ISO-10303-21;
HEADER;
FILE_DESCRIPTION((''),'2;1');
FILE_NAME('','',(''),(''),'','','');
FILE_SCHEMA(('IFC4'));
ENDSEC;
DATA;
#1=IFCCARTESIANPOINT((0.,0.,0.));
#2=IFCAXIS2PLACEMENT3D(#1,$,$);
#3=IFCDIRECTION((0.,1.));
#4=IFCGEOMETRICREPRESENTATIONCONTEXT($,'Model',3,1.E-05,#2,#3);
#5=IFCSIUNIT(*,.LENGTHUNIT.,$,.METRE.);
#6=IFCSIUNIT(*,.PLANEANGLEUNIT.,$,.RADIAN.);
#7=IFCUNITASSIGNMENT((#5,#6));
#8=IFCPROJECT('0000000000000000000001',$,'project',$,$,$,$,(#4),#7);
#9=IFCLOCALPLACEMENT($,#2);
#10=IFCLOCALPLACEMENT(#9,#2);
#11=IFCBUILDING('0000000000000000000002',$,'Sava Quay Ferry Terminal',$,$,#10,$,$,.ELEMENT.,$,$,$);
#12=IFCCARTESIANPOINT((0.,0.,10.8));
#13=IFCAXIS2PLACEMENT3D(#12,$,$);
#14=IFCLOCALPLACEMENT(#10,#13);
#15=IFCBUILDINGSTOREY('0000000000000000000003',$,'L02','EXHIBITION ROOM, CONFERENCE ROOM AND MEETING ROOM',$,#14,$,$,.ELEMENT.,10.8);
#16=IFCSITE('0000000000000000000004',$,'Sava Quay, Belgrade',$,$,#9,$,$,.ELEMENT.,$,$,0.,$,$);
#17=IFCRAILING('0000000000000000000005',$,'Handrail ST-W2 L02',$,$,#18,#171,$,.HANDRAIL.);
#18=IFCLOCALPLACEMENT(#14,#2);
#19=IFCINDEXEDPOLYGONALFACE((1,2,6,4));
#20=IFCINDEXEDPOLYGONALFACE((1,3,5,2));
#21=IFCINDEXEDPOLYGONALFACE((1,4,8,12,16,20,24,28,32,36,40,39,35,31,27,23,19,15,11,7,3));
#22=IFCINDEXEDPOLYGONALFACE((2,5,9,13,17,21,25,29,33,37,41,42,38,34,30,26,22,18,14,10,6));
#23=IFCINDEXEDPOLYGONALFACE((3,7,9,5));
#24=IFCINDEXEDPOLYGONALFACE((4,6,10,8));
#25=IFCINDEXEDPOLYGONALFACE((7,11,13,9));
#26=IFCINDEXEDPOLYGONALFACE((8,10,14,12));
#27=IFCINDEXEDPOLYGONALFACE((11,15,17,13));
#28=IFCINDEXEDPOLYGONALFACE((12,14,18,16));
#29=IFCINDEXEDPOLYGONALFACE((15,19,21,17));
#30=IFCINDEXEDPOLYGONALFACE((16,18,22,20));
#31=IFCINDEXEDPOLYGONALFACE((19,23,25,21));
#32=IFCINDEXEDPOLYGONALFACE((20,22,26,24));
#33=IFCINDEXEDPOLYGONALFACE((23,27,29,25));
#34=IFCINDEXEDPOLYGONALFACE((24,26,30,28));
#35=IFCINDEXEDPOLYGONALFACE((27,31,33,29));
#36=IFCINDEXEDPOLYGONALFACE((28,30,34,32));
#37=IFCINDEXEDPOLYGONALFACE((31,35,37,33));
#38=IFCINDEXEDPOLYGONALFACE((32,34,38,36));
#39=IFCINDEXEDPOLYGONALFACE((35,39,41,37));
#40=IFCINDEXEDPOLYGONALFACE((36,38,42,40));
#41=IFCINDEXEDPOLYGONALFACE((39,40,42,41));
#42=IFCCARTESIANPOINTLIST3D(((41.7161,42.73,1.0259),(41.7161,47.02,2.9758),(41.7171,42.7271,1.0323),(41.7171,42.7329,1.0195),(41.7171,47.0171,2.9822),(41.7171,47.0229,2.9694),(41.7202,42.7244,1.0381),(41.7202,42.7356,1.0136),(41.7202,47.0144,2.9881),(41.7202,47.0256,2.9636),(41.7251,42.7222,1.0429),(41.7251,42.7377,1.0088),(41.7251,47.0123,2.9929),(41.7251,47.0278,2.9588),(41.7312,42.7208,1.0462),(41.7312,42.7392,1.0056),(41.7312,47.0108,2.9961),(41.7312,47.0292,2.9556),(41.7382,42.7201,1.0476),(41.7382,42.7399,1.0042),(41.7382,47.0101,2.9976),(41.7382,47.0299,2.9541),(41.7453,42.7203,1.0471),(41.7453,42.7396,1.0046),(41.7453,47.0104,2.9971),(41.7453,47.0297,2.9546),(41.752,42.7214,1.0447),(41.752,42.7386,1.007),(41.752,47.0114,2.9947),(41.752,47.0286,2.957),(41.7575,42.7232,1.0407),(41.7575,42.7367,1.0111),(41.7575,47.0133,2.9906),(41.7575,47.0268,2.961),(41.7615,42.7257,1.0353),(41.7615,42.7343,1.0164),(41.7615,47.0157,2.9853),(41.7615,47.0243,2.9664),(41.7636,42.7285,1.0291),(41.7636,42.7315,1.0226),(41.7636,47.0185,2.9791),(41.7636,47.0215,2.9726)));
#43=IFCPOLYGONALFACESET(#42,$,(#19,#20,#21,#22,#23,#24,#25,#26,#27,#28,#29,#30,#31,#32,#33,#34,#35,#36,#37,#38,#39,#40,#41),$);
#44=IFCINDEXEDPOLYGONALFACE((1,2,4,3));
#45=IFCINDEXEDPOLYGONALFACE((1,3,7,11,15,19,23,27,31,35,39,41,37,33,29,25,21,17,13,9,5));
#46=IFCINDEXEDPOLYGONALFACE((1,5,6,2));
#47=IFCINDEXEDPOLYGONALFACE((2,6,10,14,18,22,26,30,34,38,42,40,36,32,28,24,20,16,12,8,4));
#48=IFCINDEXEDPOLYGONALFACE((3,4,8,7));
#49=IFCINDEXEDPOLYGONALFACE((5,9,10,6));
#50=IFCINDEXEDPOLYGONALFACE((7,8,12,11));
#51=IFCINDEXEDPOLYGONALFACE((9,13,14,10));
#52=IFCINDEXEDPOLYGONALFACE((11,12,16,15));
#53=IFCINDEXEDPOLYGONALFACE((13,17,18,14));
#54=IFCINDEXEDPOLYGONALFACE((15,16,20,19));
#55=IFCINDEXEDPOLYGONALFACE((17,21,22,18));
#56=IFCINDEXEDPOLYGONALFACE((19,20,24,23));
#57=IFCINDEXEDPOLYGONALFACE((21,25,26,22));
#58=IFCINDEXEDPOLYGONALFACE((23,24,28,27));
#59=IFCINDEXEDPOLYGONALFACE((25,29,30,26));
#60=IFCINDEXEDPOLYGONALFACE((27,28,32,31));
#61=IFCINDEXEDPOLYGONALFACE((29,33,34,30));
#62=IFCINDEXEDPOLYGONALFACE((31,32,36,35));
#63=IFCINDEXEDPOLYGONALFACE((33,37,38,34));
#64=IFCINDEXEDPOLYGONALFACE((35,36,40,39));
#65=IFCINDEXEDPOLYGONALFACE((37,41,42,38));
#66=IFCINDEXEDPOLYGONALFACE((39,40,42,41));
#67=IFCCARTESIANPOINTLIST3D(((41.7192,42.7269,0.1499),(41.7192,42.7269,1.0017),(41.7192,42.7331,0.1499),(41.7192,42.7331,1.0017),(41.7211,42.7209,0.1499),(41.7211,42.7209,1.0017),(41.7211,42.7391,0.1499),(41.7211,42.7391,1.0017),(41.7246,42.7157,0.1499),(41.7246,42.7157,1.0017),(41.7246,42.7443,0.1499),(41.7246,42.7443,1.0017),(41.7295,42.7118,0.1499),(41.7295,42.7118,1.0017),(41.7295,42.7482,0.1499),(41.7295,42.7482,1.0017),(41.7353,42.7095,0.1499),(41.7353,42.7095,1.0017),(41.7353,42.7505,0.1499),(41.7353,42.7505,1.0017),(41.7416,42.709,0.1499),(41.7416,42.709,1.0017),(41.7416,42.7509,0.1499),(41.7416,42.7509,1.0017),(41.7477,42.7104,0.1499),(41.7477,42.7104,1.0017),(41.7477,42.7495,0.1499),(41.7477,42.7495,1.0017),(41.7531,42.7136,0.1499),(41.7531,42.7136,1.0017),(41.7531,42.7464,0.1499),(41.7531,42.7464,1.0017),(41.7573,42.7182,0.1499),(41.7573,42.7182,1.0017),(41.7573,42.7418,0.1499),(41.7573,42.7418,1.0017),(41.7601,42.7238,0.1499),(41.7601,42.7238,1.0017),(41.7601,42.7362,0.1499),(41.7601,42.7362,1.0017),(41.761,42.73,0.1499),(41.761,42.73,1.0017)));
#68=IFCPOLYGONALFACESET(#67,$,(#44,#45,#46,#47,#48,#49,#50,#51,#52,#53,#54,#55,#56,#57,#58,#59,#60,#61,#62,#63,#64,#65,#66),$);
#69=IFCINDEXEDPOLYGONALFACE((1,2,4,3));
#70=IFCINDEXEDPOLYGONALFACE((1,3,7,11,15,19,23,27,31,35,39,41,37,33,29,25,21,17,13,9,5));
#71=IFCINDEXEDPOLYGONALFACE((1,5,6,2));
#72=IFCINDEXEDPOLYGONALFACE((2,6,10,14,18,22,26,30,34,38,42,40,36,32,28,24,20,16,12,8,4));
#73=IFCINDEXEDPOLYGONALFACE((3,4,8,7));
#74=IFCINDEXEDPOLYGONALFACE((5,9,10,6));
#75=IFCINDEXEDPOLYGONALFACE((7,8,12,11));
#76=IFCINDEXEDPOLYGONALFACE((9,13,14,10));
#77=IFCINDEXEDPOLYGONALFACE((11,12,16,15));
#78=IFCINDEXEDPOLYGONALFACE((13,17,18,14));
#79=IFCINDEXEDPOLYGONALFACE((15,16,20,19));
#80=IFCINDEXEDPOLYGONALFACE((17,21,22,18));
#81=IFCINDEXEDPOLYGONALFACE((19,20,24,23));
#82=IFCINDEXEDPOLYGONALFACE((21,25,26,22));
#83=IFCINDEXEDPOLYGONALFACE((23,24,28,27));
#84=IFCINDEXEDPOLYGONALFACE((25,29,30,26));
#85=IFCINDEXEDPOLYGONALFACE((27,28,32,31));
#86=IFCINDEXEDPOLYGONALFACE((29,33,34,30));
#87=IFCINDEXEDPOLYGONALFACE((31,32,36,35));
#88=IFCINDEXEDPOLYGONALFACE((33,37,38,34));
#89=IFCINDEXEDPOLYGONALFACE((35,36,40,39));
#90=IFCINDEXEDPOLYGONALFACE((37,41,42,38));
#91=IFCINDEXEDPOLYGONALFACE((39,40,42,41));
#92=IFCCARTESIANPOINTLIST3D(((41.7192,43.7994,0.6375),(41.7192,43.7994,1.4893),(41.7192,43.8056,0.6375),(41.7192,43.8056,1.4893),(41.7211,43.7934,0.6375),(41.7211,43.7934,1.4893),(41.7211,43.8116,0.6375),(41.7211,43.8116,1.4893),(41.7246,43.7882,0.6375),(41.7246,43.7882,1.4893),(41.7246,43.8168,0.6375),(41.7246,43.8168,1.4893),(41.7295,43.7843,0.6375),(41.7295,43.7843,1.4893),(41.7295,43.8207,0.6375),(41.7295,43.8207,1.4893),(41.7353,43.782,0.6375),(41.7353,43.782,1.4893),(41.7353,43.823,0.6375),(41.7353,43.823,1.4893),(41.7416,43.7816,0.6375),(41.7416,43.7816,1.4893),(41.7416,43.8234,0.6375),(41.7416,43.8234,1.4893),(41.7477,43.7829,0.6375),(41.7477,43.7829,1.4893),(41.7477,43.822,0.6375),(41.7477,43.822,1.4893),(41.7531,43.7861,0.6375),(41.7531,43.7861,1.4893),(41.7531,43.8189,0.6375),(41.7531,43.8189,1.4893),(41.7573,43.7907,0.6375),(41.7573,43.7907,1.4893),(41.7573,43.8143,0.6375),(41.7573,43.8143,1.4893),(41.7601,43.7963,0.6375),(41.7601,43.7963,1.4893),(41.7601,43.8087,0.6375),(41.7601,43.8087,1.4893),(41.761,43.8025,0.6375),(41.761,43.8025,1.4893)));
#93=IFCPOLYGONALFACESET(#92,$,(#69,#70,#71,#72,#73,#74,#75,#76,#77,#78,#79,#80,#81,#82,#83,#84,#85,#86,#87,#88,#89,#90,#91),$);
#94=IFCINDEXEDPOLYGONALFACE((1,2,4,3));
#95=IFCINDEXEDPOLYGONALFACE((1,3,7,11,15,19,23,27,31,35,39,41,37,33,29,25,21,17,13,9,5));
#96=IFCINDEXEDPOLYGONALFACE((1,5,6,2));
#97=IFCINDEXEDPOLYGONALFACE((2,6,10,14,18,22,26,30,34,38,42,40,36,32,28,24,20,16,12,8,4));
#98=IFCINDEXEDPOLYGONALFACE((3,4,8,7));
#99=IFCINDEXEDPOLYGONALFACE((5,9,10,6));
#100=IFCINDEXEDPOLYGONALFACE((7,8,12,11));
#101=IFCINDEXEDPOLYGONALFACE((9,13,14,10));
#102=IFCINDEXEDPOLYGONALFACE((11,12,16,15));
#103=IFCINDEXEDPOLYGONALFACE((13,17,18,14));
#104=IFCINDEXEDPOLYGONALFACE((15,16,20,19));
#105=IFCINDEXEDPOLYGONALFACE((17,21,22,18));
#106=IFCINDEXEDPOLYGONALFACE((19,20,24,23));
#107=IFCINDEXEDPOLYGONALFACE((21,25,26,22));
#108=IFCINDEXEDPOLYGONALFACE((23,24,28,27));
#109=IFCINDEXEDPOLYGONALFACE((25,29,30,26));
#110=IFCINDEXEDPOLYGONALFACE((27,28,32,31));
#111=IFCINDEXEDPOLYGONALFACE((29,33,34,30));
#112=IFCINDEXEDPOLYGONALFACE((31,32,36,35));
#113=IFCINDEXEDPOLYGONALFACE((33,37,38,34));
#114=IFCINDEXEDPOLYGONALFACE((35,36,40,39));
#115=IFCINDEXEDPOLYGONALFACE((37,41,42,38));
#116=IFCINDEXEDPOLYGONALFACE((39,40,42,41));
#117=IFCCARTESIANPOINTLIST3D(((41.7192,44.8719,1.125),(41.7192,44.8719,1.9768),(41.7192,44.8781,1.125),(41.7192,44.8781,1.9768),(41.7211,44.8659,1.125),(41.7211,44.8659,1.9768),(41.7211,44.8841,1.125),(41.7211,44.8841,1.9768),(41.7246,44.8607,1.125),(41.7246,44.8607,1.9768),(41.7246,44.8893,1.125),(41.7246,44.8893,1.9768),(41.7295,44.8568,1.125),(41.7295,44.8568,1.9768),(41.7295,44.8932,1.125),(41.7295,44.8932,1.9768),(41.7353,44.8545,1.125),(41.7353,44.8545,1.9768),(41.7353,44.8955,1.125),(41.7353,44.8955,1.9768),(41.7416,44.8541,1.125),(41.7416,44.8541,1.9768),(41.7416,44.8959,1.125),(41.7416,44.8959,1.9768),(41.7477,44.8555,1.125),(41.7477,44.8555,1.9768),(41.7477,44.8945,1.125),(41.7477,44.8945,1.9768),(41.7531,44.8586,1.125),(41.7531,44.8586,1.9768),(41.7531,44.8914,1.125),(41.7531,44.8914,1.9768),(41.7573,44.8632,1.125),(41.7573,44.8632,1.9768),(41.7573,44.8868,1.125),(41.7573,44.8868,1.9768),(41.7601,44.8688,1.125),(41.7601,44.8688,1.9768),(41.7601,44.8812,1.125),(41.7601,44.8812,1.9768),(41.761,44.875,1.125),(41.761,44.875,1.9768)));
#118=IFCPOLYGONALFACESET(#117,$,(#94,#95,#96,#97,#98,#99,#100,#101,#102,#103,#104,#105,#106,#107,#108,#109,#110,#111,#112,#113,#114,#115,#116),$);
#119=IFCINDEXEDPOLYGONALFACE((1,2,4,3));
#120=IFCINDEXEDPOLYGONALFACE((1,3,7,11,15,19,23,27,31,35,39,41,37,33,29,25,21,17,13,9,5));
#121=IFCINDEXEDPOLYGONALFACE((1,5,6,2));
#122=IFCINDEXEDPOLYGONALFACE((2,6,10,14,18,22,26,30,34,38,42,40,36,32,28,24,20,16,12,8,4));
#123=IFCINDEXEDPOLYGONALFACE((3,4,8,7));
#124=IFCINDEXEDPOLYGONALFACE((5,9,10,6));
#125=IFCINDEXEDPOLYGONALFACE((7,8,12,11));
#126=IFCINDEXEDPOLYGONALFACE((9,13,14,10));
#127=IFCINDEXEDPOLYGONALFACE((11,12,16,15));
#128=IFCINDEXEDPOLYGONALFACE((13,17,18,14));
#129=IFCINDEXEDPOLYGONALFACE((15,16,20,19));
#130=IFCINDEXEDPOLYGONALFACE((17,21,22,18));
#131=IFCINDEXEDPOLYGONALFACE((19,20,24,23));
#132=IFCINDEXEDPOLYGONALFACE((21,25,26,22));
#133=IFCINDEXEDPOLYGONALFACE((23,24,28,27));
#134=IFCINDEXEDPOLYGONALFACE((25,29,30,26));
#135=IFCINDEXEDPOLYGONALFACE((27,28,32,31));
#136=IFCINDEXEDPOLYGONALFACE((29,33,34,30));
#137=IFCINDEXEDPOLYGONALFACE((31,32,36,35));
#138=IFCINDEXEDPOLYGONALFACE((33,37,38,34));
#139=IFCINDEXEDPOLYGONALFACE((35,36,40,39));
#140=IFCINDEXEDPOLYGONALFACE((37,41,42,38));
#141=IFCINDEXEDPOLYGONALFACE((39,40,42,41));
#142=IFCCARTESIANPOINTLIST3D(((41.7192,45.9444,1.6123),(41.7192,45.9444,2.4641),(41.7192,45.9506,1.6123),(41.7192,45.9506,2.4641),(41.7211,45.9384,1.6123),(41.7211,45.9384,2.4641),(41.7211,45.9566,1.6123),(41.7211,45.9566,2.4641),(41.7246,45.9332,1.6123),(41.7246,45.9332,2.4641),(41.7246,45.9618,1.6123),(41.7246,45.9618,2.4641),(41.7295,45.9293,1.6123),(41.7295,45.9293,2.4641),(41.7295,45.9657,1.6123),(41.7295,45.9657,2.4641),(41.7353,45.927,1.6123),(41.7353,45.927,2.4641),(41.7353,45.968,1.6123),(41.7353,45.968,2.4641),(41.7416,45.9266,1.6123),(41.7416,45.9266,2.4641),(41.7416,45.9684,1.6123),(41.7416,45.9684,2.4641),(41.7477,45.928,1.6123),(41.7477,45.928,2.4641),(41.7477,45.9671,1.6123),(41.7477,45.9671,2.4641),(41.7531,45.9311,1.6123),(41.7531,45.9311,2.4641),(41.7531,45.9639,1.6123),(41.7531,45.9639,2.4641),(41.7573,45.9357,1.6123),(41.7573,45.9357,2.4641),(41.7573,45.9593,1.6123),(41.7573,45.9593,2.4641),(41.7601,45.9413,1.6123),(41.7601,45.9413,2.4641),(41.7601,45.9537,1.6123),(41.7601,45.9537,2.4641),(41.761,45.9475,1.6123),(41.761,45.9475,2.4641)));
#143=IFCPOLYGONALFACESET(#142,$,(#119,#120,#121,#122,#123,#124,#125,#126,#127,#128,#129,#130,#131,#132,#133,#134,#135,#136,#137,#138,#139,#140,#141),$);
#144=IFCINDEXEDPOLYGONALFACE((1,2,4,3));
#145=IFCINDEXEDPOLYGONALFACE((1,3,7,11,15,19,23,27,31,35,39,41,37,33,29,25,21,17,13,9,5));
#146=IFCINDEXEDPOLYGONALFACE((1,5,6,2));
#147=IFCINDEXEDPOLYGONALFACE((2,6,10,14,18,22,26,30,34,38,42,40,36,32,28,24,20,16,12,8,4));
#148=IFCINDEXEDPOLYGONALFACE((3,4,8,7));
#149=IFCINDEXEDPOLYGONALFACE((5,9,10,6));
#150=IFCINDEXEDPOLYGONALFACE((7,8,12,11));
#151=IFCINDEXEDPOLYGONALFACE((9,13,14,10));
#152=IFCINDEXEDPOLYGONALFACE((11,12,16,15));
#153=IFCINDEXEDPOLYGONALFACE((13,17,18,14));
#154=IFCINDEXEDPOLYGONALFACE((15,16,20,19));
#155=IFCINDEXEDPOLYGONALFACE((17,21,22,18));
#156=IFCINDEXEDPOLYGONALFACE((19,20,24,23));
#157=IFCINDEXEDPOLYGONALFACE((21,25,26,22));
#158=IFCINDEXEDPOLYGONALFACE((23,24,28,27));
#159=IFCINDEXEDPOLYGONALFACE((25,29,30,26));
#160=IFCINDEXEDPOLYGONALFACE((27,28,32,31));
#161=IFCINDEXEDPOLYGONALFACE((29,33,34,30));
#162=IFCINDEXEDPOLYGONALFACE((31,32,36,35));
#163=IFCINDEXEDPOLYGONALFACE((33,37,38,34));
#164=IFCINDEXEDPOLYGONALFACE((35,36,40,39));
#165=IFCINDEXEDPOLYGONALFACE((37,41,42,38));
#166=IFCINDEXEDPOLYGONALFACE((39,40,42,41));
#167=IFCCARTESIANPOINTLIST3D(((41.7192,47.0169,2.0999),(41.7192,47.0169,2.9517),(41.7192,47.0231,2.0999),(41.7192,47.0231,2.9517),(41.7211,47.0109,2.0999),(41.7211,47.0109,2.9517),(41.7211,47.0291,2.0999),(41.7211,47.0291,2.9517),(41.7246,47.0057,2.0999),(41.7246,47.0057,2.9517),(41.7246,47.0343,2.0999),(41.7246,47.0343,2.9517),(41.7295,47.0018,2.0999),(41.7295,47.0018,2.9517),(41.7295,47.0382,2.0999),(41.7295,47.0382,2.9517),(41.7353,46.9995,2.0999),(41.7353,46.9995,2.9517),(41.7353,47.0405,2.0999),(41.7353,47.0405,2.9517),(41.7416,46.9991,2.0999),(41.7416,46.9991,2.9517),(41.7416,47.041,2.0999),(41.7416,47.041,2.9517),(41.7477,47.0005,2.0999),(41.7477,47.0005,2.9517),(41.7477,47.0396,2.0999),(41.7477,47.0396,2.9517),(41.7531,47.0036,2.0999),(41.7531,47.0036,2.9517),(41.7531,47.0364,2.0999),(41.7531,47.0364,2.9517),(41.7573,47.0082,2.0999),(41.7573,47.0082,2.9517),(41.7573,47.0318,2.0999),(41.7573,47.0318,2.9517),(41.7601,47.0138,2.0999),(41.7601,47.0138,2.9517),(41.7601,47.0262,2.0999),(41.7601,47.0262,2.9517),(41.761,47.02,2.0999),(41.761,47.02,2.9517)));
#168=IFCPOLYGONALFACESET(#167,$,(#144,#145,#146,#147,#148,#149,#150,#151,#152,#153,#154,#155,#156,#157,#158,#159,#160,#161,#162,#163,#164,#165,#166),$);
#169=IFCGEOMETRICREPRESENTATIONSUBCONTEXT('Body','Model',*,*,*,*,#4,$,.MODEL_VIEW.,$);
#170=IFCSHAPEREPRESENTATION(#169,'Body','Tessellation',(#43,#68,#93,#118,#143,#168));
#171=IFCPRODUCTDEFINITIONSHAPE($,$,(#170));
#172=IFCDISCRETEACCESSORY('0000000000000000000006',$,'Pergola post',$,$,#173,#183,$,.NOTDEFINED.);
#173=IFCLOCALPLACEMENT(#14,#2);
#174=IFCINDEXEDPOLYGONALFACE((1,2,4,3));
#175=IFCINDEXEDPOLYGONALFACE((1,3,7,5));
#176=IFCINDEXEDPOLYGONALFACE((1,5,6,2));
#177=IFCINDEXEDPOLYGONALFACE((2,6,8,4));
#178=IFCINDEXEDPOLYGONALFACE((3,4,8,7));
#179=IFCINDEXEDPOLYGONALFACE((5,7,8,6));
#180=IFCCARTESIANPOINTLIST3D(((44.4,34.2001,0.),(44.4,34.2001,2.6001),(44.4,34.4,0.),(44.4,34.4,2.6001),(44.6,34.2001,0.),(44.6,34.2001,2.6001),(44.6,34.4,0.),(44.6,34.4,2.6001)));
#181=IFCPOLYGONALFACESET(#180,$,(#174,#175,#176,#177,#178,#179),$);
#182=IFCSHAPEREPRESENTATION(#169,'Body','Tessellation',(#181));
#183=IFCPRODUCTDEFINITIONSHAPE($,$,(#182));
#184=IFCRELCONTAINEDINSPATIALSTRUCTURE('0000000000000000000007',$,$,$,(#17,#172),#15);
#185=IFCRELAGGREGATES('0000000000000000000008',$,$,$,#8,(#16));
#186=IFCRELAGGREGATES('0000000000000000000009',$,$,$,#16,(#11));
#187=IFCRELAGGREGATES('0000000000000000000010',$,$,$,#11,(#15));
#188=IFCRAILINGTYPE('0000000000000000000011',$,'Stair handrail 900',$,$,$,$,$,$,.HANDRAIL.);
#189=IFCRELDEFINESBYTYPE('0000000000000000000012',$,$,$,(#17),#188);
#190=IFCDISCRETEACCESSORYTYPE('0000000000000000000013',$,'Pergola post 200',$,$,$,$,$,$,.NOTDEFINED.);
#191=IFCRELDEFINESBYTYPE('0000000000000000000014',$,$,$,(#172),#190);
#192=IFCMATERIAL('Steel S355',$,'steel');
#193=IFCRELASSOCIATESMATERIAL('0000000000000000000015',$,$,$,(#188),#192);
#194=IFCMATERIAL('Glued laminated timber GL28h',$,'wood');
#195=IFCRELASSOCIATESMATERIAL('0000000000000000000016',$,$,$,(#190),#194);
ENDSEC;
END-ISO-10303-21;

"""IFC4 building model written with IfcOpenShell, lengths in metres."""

from ifc_helpers import new_model, si_unit, direction, frame, origin, origin_2d, place, context, subcontext, project, spatial, rectangle, circle, extrude, material, type_object, element, save


model = new_model("IFC4")

# Units and contexts
model_context = context("Model", 3, precision=1e-05, world=origin(), true_north=direction((0.0, 1.0)))
body_context = subcontext(model_context, "Body", "Model", "MODEL_VIEW")
ifc_project = project(units=[si_unit("LENGTHUNIT", "METRE"), si_unit("PLANEANGLEUNIT", "RADIAN")], contexts=[model_context])

# Site, building, storey
site_placement = place(None, origin())
site = spatial("IfcSite", under=ifc_project, at=site_placement, Name="Sava Quay, Belgrade", CompositionType="ELEMENT", RefElevation=0.0)
building_placement = place(site_placement, origin())
building = spatial("IfcBuilding", under=site, at=building_placement, Name="Sava Quay Ferry Terminal", CompositionType="ELEMENT")
storey_placement = place(building_placement, frame((0.0, 0.0, 10.8)))
storey = spatial("IfcBuildingStorey", under=building, at=storey_placement, Name="L02", Description="EXHIBITION ROOM, CONFERENCE ROOM AND MEETING ROOM", CompositionType="ELEMENT", Elevation=10.8)

# Railing
ifc_material_1 = material(Name="Steel S355", Category="steel")
railing_type_1 = type_object("IfcRailingType", Name="Stair handrail 900", PredefinedType="HANDRAIL", material=ifc_material_1)
railing_1_placement = place(storey_placement, frame((41.74, 42.73, 0.1499)))
element("IfcRailing", 1, at=railing_1_placement, inside=storey, type_object=railing_type_1, Name="Handrail ST-W2 L02", PredefinedType="HANDRAIL", context=body_context, shape_type="SweptSolid", body=[
    extrude(circle(Radius=0.0239, at=origin_2d()), frame((0.0, 0.0, 0.876), z_axis=(0.0, 0.910372, 0.413791), x_axis=(-1.0, 0.0, 0.0)), (0.0, 0.0, 1.0), 4.7124),
    extrude(circle(Radius=0.021, at=origin_2d()), origin(), (0.0, 0.0, 1.0), 0.8518),
    extrude(circle(Radius=0.021, at=origin_2d()), frame((0.0, 1.0725, 0.4875)), (0.0, 0.0, 1.0), 0.8518),
    extrude(circle(Radius=0.021, at=origin_2d()), frame((0.0, 2.145, 0.9751)), (0.0, 0.0, 1.0), 0.8518),
    extrude(circle(Radius=0.021, at=origin_2d()), frame((0.0, 3.2175, 1.4624)), (0.0, 0.0, 1.0), 0.8518),
    extrude(circle(Radius=0.021, at=origin_2d()), frame((0.0, 4.29, 1.95)), (0.0, 0.0, 1.0), 0.8518),
])

# Discrete accessory
ifc_material_2 = material(Name="Glued laminated timber GL28h", Category="wood")
discrete_accessory_type = type_object("IfcDiscreteAccessoryType", Name="Pergola post 200", PredefinedType="NOTDEFINED", material=ifc_material_2)
discrete_accessory_placement = place(storey_placement, frame((44.5, 34.3, 0.0), z_axis=(0.0, 0.0, 1.0), x_axis=(1.0, 0.0, 0.0)))
element("IfcDiscreteAccessory", 2, at=discrete_accessory_placement, inside=storey, type_object=discrete_accessory_type, Name="Pergola post", PredefinedType="NOTDEFINED", context=body_context, shape_type="SweptSolid", body=[
    extrude(rectangle(XDim=0.2, YDim=0.2, at=origin_2d()), origin(), (0.0, 0.0, 1.0), 2.6001),
])

save(model, "model.ifc")
